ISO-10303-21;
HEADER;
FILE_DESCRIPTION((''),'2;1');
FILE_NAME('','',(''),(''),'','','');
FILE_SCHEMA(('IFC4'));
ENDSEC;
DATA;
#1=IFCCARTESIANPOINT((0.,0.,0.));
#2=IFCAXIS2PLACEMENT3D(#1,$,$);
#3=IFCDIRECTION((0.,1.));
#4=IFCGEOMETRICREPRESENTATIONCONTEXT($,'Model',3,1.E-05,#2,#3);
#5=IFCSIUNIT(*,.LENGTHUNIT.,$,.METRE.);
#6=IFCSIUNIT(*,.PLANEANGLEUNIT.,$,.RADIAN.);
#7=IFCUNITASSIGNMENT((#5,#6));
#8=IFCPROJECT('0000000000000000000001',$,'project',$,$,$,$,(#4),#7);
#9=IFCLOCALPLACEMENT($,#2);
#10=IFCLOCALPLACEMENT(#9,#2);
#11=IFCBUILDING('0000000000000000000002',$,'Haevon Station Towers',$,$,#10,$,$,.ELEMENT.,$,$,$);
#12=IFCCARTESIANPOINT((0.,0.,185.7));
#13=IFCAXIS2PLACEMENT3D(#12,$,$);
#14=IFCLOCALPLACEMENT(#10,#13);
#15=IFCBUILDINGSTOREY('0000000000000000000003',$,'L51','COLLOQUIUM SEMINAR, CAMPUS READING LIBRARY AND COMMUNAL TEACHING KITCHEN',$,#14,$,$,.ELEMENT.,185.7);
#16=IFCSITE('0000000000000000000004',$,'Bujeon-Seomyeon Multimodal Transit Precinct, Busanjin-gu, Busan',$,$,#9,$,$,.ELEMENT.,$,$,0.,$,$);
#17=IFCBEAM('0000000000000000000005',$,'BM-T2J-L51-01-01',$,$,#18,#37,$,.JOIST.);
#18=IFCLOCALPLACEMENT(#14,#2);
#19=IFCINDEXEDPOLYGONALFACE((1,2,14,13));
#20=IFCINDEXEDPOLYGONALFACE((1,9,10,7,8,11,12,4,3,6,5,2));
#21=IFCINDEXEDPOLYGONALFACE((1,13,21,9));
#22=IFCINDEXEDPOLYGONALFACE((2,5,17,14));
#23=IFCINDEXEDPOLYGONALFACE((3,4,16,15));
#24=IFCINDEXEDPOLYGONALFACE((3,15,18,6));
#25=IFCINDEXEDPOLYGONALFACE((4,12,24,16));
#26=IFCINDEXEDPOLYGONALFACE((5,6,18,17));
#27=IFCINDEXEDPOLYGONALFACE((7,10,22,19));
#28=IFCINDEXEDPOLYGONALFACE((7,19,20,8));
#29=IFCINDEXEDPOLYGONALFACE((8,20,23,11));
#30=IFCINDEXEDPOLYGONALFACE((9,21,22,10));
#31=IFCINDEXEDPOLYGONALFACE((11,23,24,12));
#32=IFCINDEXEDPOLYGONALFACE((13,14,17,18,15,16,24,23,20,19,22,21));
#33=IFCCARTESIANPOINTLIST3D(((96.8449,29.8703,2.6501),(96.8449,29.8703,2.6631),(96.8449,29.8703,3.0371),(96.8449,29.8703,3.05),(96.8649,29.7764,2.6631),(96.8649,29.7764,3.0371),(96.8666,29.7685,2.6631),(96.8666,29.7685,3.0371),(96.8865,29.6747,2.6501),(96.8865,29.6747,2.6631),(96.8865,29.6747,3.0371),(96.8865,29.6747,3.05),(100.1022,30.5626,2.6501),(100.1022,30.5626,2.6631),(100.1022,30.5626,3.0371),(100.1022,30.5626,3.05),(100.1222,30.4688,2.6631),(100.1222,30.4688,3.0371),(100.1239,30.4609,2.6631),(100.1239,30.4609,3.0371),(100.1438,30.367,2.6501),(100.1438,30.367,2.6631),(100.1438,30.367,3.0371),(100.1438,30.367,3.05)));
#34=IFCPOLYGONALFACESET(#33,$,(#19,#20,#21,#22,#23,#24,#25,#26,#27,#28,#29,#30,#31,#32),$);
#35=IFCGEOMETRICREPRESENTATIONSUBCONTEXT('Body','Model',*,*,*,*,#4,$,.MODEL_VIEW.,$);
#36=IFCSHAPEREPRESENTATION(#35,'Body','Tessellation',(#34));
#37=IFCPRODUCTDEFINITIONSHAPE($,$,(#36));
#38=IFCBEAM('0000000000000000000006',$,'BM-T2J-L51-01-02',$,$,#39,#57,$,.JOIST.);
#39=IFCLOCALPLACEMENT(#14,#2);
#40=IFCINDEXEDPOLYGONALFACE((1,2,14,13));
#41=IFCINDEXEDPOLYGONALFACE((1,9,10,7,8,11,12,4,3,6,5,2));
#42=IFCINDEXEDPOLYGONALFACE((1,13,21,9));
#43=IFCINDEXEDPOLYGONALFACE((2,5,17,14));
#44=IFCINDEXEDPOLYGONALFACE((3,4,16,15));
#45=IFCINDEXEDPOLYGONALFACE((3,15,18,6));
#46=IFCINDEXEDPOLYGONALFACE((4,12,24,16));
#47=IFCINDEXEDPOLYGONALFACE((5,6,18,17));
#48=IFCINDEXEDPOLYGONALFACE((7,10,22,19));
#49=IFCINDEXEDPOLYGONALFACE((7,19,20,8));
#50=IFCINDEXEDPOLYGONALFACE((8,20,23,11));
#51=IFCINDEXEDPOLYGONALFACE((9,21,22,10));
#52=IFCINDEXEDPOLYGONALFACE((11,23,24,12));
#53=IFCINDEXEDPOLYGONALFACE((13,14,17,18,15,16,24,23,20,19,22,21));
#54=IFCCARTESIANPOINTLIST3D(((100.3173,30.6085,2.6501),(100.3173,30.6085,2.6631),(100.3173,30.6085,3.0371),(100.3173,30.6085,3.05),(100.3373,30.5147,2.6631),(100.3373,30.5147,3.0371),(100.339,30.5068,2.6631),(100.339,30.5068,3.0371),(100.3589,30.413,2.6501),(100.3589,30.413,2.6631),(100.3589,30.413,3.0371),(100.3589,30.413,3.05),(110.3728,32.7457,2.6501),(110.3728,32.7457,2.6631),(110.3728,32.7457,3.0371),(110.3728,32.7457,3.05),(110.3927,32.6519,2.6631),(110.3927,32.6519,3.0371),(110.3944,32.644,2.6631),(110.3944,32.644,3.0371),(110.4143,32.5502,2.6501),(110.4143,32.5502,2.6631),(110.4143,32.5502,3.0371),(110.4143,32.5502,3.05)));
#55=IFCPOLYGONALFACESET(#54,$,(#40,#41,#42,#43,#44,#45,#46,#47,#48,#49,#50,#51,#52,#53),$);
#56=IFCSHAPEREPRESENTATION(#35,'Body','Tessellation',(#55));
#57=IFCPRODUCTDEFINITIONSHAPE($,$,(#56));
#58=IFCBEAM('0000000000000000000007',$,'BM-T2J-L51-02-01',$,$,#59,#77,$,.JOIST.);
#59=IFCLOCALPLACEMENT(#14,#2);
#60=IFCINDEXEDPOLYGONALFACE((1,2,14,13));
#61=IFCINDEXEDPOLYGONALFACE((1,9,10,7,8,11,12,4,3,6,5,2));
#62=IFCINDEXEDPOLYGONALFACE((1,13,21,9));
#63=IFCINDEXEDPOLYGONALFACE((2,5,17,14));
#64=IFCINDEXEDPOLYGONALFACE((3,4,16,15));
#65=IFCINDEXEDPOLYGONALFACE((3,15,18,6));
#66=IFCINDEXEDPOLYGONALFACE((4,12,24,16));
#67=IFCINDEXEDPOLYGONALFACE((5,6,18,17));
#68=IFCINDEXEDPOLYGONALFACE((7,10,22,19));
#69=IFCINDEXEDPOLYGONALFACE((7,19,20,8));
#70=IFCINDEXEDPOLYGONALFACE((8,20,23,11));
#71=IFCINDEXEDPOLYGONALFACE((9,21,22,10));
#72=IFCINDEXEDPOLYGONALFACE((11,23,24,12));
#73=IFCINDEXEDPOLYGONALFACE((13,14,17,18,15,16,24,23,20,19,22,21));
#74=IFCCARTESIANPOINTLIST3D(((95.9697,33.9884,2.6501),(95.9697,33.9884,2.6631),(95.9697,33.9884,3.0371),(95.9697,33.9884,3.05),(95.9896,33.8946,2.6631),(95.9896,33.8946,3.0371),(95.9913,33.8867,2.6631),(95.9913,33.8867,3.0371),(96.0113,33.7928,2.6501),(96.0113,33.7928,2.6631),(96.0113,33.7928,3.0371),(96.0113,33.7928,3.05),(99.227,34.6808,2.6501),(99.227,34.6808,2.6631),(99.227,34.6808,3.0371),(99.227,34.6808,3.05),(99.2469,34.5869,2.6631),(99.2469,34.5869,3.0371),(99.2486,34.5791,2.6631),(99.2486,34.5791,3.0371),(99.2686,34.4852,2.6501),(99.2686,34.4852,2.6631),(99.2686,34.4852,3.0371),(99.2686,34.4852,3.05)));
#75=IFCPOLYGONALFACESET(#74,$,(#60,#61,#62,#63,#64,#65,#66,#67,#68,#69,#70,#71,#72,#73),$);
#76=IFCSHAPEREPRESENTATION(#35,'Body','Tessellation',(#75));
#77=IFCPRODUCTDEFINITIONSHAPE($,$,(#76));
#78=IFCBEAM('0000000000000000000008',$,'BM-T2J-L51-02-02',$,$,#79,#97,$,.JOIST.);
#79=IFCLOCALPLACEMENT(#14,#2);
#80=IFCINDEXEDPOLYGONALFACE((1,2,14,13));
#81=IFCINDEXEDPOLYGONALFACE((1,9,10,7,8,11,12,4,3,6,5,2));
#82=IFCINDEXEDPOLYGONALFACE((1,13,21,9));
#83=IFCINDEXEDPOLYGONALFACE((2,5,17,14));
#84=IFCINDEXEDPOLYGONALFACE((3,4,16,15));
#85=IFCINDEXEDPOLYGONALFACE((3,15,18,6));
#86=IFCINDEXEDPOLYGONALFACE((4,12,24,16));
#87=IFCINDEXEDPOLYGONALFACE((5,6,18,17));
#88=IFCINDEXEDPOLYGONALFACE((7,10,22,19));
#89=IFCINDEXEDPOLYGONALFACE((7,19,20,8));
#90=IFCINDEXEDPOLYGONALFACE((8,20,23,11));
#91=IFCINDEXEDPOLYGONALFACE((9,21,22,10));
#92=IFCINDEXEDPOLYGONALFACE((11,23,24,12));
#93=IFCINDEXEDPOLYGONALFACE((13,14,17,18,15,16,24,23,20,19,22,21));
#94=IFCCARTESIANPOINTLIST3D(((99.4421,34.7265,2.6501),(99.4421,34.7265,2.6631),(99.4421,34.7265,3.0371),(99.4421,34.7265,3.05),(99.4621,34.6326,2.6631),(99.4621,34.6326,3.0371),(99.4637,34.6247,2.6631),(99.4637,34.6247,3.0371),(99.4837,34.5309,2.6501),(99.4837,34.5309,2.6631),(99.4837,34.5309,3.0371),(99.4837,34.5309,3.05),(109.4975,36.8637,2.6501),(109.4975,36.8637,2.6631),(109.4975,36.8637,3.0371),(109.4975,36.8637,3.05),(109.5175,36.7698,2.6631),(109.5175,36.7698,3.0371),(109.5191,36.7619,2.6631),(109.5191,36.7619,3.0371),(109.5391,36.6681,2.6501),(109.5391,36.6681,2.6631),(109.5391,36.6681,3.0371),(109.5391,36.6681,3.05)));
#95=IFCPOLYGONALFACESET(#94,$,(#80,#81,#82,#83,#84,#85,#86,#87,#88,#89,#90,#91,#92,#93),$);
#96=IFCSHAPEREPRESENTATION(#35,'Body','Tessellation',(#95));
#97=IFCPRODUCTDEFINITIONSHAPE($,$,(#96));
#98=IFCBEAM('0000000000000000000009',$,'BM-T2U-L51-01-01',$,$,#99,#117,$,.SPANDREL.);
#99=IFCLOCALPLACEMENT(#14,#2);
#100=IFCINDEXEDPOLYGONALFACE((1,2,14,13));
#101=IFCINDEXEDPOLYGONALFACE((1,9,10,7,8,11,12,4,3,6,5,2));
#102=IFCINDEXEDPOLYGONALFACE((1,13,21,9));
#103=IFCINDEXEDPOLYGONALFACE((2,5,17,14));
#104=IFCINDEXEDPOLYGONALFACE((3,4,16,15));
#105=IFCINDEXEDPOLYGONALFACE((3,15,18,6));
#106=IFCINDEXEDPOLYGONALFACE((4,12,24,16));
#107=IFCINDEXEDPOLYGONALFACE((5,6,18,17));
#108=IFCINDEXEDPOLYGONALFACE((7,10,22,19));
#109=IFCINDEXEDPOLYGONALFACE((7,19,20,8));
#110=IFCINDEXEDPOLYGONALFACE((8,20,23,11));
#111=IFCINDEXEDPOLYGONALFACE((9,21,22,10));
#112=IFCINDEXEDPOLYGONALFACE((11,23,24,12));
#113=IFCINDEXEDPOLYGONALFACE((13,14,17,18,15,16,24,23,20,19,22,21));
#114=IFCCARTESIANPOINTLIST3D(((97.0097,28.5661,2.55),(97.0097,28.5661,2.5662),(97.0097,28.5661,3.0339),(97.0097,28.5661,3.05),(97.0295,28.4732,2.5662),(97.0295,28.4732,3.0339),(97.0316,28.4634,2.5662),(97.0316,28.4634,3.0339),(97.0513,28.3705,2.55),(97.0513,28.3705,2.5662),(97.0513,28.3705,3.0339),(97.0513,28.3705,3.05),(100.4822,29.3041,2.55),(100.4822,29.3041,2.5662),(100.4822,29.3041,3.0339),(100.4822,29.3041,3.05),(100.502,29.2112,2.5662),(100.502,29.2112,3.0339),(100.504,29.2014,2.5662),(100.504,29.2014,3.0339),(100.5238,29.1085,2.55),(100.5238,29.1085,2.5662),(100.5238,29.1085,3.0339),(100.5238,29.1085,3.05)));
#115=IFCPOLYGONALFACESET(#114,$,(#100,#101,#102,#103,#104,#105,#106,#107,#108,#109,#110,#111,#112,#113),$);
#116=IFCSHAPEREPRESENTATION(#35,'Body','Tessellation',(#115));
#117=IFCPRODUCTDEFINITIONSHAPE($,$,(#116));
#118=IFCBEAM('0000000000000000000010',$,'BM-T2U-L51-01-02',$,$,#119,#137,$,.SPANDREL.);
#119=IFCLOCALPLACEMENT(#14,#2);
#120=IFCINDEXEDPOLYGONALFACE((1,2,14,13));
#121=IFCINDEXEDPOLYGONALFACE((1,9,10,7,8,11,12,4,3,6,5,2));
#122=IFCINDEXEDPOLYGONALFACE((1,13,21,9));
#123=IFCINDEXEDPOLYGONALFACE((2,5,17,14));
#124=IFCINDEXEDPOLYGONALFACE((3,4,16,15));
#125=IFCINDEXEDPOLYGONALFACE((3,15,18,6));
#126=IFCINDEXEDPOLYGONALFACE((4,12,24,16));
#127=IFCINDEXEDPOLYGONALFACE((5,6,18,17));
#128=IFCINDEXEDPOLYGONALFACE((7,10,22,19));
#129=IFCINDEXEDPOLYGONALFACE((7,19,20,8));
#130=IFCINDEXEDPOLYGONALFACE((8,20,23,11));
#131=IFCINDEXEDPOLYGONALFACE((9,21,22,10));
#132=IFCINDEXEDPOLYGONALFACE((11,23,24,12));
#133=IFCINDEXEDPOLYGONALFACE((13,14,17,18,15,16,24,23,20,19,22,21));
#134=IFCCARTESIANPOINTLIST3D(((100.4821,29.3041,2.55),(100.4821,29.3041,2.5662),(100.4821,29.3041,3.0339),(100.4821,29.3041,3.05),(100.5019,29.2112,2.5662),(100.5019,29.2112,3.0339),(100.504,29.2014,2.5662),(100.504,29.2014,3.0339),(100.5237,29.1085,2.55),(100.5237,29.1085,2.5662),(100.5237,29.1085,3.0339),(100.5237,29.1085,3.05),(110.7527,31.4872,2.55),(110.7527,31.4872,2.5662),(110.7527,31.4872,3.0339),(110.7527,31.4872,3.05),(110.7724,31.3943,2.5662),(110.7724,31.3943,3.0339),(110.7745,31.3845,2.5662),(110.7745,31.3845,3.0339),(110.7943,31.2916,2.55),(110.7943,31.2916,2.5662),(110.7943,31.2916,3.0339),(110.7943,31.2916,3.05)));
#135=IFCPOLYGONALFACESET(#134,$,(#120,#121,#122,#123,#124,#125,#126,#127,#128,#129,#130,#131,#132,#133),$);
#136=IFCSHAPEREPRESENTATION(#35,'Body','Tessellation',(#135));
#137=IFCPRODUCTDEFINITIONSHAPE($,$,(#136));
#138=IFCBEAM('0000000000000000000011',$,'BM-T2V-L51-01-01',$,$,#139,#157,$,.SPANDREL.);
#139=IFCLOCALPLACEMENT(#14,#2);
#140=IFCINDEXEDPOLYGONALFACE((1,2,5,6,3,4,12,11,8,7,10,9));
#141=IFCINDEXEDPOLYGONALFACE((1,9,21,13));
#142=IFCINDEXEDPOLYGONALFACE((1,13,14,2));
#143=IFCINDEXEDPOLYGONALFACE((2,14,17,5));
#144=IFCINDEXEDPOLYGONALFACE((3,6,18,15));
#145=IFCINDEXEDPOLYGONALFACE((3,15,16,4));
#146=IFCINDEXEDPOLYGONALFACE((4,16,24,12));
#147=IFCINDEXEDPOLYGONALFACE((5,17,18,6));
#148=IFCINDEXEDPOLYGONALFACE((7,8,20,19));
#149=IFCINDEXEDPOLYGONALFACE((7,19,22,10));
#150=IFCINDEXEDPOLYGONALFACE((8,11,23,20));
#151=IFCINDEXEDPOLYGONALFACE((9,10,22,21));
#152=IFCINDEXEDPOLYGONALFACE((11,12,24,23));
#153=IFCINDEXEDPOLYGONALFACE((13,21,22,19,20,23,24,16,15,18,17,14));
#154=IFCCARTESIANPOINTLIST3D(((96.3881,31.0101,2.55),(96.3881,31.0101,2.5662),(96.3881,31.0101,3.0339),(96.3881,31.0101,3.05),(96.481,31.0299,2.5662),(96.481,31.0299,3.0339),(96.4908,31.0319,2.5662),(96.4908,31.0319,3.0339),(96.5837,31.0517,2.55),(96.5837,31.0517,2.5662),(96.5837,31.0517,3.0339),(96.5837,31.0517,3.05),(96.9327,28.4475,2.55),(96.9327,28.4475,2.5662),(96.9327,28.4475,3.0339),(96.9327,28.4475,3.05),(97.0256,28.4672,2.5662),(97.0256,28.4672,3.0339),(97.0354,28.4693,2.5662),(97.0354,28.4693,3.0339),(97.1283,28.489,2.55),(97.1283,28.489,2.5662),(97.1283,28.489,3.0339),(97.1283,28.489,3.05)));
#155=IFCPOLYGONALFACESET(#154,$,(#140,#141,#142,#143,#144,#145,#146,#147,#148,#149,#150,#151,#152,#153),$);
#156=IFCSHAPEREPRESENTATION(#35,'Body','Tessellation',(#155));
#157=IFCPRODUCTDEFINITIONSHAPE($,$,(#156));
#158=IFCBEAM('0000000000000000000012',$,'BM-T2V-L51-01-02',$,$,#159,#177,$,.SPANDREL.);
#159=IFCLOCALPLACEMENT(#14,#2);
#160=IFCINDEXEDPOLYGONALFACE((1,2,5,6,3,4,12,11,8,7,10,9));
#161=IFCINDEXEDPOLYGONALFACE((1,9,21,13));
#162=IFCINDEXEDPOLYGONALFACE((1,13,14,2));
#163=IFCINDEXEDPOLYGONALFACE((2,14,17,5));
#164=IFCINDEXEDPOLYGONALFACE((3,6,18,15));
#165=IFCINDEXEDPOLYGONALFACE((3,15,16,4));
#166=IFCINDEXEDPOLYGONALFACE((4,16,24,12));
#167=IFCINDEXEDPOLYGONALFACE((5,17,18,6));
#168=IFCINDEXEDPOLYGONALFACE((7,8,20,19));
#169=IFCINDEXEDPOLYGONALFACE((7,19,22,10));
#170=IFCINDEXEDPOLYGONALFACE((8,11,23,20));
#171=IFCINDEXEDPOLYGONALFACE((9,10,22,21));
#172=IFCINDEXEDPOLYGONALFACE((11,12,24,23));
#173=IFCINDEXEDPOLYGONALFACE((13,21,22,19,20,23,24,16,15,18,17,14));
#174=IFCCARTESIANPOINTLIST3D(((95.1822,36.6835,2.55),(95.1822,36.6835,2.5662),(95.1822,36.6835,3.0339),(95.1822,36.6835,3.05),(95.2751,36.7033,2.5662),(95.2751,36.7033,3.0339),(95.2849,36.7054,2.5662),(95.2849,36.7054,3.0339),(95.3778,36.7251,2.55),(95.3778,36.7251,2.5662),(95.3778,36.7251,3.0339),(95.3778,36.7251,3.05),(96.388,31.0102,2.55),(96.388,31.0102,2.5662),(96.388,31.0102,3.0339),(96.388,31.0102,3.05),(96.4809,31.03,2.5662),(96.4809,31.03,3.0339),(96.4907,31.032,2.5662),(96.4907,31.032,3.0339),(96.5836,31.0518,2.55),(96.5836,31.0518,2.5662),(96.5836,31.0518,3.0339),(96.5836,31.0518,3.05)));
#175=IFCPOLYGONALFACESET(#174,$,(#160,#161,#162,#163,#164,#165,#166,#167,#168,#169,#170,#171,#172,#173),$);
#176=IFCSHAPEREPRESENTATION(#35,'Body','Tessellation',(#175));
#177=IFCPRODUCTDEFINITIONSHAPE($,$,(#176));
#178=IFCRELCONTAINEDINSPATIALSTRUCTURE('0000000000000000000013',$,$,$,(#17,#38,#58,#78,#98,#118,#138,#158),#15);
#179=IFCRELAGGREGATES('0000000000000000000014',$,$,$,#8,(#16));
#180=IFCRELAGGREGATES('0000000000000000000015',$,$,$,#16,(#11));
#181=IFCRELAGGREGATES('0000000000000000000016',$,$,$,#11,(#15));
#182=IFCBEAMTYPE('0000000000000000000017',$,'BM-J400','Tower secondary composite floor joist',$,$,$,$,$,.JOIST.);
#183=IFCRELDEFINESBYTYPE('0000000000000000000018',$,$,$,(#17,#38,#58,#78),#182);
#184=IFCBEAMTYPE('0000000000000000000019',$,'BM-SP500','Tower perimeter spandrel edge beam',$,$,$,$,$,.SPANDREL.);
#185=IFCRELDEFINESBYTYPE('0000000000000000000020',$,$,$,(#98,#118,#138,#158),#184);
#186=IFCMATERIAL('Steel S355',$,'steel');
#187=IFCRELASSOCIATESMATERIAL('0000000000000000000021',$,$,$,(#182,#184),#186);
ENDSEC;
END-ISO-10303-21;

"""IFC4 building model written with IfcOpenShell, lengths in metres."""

from ifc_helpers import new_model, si_unit, direction, frame, origin, origin_2d, place, context, subcontext, project, spatial, i_section, extrude, material, material_profile, profile_set, type_object, element, save


model = new_model("IFC4")

# Units and contexts
model_context = context("Model", 3, precision=1e-05, world=origin(), true_north=direction((0.0, 1.0)))
body_context = subcontext(model_context, "Body", "Model", "MODEL_VIEW")
ifc_project = project(units=[si_unit("LENGTHUNIT", "METRE"), si_unit("PLANEANGLEUNIT", "RADIAN")], contexts=[model_context])

# Site, building, storey
site_placement = place(None, origin())
site = spatial("IfcSite", under=ifc_project, at=site_placement, Name="Bujeon-Seomyeon Multimodal Transit Precinct, Busanjin-gu, Busan", CompositionType="ELEMENT", RefElevation=0.0)
building_placement = place(site_placement, origin())
building = spatial("IfcBuilding", under=site, at=building_placement, Name="Haevon Station Towers", CompositionType="ELEMENT")
storey_placement = place(building_placement, frame((0.0, 0.0, 185.7)))
storey = spatial("IfcBuildingStorey", under=building, at=storey_placement, Name="L51", Description="COLLOQUIUM SEMINAR, CAMPUS READING LIBRARY AND COMMUNAL TEACHING KITCHEN", CompositionType="ELEMENT", Elevation=185.7)

# Shared definitions
ifc_material_1 = material(Name="Steel S355", Category="steel")

# Beams
ifc_material_profile_1 = material_profile(ifc_material_1, i_section(OverallWidth=0.2, OverallDepth=0.3999, WebThickness=0.0081, FlangeThickness=0.0129, at=origin_2d()), Name="H-400x200x8x13")
ifc_profile_set_1 = profile_set([ifc_material_profile_1], Name="Steel S355")
beam_type_1 = type_object("IfcBeamType", Name="BM-J400", Description="Tower secondary composite floor joist", PredefinedType="JOIST", material=ifc_profile_set_1)
beam_1_placement = place(storey_placement, frame((96.8657, 29.7725, 2.8501), z_axis=(0.978147, 0.207917, 0.0), x_axis=(-0.207917, 0.978147, 0.0)))
element("IfcBeam", 1, at=beam_1_placement, inside=storey, type_object=beam_type_1, Name="BM-T2J-L51-01-01", PredefinedType="JOIST", context=body_context, shape_type="SweptSolid", body=[
    extrude(i_section(OverallWidth=0.2, OverallDepth=0.3999, WebThickness=0.0081, FlangeThickness=0.0129, at=origin_2d()), origin(), (0.0, 0.0, 1.0), 3.3301),
])
beam_2_placement = place(storey_placement, frame((100.3381, 30.5107, 2.8501), z_axis=(0.97815, 0.207899, 0.0), x_axis=(-0.207899, 0.97815, 0.0)))
element("IfcBeam", 2, at=beam_2_placement, inside=storey, type_object=beam_type_1, Name="BM-T2J-L51-01-02", PredefinedType="JOIST", context=body_context, shape_type="SweptSolid", body=[
    extrude(i_section(OverallWidth=0.2, OverallDepth=0.3999, WebThickness=0.0081, FlangeThickness=0.0129, at=origin_2d()), origin(), (0.0, 0.0, 1.0), 10.28),
])
beam_3_placement = place(storey_placement, frame((95.9905, 33.8906, 2.8501), z_axis=(0.978147, 0.207917, 0.0), x_axis=(-0.207917, 0.978147, 0.0)))
element("IfcBeam", 3, at=beam_3_placement, inside=storey, type_object=beam_type_1, Name="BM-T2J-L51-02-01", PredefinedType="JOIST", context=body_context, shape_type="SweptSolid", body=[
    extrude(i_section(OverallWidth=0.2, OverallDepth=0.3999, WebThickness=0.0081, FlangeThickness=0.0129, at=origin_2d()), origin(), (0.0, 0.0, 1.0), 3.3301),
])
beam_4_placement = place(storey_placement, frame((99.4629, 34.6287, 2.8501), z_axis=(0.97815, 0.207899, 0.0), x_axis=(-0.207899, 0.97815, 0.0)))
element("IfcBeam", 4, at=beam_4_placement, inside=storey, type_object=beam_type_1, Name="BM-T2J-L51-02-02", PredefinedType="JOIST", context=body_context, shape_type="SweptSolid", body=[
    extrude(i_section(OverallWidth=0.2, OverallDepth=0.3999, WebThickness=0.0081, FlangeThickness=0.0129, at=origin_2d()), origin(), (0.0, 0.0, 1.0), 10.28),
])
ifc_material_profile_2 = material_profile(ifc_material_1, i_section(OverallWidth=0.2, OverallDepth=0.5, WebThickness=0.01, FlangeThickness=0.0161, at=origin_2d()), Name="H-500x200x10x16")
ifc_profile_set_2 = profile_set([ifc_material_profile_2], Name="Steel S355")
beam_type_2 = type_object("IfcBeamType", Name="BM-SP500", Description="Tower perimeter spandrel edge beam", PredefinedType="SPANDREL", material=ifc_profile_set_2)
beam_5_placement = place(storey_placement, frame((97.0305, 28.4683, 2.8), z_axis=(0.97815, 0.207899, 0.0), x_axis=(-0.207899, 0.97815, 0.0)))
element("IfcBeam", 5, at=beam_5_placement, inside=storey, type_object=beam_type_2, Name="BM-T2U-L51-01-01", PredefinedType="SPANDREL", context=body_context, shape_type="SweptSolid", body=[
    extrude(i_section(OverallWidth=0.2, OverallDepth=0.5, WebThickness=0.01, FlangeThickness=0.0161, at=origin_2d()), origin(), (0.0, 0.0, 1.0), 3.55),
])
beam_6_placement = place(storey_placement, frame((100.5029, 29.2063, 2.8), z_axis=(0.978147, 0.207915, 0.0), x_axis=(-0.207915, 0.978147, 0.0)))
element("IfcBeam", 6, at=beam_6_placement, inside=storey, type_object=beam_type_2, Name="BM-T2U-L51-01-02", PredefinedType="SPANDREL", context=body_context, shape_type="SweptSolid", body=[
    extrude(i_section(OverallWidth=0.2, OverallDepth=0.5, WebThickness=0.01, FlangeThickness=0.0161, at=origin_2d()), origin(), (0.0, 0.0, 1.0), 10.5),
])
beam_7_placement = place(storey_placement, frame((97.0305, 28.4683, 2.8), z_axis=(-0.207893, 0.978152, 0.0), x_axis=(-0.978152, -0.207893, 0.0)))
element("IfcBeam", 7, at=beam_7_placement, inside=storey, type_object=beam_type_2, Name="BM-T2V-L51-01-01", PredefinedType="SPANDREL", context=body_context, shape_type="SweptSolid", body=[
    extrude(i_section(OverallWidth=0.2, OverallDepth=0.5, WebThickness=0.01, FlangeThickness=0.0161, at=origin_2d()), origin(), (0.0, 0.0, 1.0), 2.6199),
])
beam_8_placement = place(storey_placement, frame((96.4858, 31.031, 2.8), z_axis=(-0.207896, 0.978151, 0.0), x_axis=(-0.978151, -0.207896, 0.0)))
element("IfcBeam", 8, at=beam_8_placement, inside=storey, type_object=beam_type_2, Name="BM-T2V-L51-01-02", PredefinedType="SPANDREL", context=body_context, shape_type="SweptSolid", body=[
    extrude(i_section(OverallWidth=0.2, OverallDepth=0.5, WebThickness=0.01, FlangeThickness=0.0161, at=origin_2d()), origin(), (0.0, 0.0, 1.0), 5.8),
])

save(model, "model.ifc")
